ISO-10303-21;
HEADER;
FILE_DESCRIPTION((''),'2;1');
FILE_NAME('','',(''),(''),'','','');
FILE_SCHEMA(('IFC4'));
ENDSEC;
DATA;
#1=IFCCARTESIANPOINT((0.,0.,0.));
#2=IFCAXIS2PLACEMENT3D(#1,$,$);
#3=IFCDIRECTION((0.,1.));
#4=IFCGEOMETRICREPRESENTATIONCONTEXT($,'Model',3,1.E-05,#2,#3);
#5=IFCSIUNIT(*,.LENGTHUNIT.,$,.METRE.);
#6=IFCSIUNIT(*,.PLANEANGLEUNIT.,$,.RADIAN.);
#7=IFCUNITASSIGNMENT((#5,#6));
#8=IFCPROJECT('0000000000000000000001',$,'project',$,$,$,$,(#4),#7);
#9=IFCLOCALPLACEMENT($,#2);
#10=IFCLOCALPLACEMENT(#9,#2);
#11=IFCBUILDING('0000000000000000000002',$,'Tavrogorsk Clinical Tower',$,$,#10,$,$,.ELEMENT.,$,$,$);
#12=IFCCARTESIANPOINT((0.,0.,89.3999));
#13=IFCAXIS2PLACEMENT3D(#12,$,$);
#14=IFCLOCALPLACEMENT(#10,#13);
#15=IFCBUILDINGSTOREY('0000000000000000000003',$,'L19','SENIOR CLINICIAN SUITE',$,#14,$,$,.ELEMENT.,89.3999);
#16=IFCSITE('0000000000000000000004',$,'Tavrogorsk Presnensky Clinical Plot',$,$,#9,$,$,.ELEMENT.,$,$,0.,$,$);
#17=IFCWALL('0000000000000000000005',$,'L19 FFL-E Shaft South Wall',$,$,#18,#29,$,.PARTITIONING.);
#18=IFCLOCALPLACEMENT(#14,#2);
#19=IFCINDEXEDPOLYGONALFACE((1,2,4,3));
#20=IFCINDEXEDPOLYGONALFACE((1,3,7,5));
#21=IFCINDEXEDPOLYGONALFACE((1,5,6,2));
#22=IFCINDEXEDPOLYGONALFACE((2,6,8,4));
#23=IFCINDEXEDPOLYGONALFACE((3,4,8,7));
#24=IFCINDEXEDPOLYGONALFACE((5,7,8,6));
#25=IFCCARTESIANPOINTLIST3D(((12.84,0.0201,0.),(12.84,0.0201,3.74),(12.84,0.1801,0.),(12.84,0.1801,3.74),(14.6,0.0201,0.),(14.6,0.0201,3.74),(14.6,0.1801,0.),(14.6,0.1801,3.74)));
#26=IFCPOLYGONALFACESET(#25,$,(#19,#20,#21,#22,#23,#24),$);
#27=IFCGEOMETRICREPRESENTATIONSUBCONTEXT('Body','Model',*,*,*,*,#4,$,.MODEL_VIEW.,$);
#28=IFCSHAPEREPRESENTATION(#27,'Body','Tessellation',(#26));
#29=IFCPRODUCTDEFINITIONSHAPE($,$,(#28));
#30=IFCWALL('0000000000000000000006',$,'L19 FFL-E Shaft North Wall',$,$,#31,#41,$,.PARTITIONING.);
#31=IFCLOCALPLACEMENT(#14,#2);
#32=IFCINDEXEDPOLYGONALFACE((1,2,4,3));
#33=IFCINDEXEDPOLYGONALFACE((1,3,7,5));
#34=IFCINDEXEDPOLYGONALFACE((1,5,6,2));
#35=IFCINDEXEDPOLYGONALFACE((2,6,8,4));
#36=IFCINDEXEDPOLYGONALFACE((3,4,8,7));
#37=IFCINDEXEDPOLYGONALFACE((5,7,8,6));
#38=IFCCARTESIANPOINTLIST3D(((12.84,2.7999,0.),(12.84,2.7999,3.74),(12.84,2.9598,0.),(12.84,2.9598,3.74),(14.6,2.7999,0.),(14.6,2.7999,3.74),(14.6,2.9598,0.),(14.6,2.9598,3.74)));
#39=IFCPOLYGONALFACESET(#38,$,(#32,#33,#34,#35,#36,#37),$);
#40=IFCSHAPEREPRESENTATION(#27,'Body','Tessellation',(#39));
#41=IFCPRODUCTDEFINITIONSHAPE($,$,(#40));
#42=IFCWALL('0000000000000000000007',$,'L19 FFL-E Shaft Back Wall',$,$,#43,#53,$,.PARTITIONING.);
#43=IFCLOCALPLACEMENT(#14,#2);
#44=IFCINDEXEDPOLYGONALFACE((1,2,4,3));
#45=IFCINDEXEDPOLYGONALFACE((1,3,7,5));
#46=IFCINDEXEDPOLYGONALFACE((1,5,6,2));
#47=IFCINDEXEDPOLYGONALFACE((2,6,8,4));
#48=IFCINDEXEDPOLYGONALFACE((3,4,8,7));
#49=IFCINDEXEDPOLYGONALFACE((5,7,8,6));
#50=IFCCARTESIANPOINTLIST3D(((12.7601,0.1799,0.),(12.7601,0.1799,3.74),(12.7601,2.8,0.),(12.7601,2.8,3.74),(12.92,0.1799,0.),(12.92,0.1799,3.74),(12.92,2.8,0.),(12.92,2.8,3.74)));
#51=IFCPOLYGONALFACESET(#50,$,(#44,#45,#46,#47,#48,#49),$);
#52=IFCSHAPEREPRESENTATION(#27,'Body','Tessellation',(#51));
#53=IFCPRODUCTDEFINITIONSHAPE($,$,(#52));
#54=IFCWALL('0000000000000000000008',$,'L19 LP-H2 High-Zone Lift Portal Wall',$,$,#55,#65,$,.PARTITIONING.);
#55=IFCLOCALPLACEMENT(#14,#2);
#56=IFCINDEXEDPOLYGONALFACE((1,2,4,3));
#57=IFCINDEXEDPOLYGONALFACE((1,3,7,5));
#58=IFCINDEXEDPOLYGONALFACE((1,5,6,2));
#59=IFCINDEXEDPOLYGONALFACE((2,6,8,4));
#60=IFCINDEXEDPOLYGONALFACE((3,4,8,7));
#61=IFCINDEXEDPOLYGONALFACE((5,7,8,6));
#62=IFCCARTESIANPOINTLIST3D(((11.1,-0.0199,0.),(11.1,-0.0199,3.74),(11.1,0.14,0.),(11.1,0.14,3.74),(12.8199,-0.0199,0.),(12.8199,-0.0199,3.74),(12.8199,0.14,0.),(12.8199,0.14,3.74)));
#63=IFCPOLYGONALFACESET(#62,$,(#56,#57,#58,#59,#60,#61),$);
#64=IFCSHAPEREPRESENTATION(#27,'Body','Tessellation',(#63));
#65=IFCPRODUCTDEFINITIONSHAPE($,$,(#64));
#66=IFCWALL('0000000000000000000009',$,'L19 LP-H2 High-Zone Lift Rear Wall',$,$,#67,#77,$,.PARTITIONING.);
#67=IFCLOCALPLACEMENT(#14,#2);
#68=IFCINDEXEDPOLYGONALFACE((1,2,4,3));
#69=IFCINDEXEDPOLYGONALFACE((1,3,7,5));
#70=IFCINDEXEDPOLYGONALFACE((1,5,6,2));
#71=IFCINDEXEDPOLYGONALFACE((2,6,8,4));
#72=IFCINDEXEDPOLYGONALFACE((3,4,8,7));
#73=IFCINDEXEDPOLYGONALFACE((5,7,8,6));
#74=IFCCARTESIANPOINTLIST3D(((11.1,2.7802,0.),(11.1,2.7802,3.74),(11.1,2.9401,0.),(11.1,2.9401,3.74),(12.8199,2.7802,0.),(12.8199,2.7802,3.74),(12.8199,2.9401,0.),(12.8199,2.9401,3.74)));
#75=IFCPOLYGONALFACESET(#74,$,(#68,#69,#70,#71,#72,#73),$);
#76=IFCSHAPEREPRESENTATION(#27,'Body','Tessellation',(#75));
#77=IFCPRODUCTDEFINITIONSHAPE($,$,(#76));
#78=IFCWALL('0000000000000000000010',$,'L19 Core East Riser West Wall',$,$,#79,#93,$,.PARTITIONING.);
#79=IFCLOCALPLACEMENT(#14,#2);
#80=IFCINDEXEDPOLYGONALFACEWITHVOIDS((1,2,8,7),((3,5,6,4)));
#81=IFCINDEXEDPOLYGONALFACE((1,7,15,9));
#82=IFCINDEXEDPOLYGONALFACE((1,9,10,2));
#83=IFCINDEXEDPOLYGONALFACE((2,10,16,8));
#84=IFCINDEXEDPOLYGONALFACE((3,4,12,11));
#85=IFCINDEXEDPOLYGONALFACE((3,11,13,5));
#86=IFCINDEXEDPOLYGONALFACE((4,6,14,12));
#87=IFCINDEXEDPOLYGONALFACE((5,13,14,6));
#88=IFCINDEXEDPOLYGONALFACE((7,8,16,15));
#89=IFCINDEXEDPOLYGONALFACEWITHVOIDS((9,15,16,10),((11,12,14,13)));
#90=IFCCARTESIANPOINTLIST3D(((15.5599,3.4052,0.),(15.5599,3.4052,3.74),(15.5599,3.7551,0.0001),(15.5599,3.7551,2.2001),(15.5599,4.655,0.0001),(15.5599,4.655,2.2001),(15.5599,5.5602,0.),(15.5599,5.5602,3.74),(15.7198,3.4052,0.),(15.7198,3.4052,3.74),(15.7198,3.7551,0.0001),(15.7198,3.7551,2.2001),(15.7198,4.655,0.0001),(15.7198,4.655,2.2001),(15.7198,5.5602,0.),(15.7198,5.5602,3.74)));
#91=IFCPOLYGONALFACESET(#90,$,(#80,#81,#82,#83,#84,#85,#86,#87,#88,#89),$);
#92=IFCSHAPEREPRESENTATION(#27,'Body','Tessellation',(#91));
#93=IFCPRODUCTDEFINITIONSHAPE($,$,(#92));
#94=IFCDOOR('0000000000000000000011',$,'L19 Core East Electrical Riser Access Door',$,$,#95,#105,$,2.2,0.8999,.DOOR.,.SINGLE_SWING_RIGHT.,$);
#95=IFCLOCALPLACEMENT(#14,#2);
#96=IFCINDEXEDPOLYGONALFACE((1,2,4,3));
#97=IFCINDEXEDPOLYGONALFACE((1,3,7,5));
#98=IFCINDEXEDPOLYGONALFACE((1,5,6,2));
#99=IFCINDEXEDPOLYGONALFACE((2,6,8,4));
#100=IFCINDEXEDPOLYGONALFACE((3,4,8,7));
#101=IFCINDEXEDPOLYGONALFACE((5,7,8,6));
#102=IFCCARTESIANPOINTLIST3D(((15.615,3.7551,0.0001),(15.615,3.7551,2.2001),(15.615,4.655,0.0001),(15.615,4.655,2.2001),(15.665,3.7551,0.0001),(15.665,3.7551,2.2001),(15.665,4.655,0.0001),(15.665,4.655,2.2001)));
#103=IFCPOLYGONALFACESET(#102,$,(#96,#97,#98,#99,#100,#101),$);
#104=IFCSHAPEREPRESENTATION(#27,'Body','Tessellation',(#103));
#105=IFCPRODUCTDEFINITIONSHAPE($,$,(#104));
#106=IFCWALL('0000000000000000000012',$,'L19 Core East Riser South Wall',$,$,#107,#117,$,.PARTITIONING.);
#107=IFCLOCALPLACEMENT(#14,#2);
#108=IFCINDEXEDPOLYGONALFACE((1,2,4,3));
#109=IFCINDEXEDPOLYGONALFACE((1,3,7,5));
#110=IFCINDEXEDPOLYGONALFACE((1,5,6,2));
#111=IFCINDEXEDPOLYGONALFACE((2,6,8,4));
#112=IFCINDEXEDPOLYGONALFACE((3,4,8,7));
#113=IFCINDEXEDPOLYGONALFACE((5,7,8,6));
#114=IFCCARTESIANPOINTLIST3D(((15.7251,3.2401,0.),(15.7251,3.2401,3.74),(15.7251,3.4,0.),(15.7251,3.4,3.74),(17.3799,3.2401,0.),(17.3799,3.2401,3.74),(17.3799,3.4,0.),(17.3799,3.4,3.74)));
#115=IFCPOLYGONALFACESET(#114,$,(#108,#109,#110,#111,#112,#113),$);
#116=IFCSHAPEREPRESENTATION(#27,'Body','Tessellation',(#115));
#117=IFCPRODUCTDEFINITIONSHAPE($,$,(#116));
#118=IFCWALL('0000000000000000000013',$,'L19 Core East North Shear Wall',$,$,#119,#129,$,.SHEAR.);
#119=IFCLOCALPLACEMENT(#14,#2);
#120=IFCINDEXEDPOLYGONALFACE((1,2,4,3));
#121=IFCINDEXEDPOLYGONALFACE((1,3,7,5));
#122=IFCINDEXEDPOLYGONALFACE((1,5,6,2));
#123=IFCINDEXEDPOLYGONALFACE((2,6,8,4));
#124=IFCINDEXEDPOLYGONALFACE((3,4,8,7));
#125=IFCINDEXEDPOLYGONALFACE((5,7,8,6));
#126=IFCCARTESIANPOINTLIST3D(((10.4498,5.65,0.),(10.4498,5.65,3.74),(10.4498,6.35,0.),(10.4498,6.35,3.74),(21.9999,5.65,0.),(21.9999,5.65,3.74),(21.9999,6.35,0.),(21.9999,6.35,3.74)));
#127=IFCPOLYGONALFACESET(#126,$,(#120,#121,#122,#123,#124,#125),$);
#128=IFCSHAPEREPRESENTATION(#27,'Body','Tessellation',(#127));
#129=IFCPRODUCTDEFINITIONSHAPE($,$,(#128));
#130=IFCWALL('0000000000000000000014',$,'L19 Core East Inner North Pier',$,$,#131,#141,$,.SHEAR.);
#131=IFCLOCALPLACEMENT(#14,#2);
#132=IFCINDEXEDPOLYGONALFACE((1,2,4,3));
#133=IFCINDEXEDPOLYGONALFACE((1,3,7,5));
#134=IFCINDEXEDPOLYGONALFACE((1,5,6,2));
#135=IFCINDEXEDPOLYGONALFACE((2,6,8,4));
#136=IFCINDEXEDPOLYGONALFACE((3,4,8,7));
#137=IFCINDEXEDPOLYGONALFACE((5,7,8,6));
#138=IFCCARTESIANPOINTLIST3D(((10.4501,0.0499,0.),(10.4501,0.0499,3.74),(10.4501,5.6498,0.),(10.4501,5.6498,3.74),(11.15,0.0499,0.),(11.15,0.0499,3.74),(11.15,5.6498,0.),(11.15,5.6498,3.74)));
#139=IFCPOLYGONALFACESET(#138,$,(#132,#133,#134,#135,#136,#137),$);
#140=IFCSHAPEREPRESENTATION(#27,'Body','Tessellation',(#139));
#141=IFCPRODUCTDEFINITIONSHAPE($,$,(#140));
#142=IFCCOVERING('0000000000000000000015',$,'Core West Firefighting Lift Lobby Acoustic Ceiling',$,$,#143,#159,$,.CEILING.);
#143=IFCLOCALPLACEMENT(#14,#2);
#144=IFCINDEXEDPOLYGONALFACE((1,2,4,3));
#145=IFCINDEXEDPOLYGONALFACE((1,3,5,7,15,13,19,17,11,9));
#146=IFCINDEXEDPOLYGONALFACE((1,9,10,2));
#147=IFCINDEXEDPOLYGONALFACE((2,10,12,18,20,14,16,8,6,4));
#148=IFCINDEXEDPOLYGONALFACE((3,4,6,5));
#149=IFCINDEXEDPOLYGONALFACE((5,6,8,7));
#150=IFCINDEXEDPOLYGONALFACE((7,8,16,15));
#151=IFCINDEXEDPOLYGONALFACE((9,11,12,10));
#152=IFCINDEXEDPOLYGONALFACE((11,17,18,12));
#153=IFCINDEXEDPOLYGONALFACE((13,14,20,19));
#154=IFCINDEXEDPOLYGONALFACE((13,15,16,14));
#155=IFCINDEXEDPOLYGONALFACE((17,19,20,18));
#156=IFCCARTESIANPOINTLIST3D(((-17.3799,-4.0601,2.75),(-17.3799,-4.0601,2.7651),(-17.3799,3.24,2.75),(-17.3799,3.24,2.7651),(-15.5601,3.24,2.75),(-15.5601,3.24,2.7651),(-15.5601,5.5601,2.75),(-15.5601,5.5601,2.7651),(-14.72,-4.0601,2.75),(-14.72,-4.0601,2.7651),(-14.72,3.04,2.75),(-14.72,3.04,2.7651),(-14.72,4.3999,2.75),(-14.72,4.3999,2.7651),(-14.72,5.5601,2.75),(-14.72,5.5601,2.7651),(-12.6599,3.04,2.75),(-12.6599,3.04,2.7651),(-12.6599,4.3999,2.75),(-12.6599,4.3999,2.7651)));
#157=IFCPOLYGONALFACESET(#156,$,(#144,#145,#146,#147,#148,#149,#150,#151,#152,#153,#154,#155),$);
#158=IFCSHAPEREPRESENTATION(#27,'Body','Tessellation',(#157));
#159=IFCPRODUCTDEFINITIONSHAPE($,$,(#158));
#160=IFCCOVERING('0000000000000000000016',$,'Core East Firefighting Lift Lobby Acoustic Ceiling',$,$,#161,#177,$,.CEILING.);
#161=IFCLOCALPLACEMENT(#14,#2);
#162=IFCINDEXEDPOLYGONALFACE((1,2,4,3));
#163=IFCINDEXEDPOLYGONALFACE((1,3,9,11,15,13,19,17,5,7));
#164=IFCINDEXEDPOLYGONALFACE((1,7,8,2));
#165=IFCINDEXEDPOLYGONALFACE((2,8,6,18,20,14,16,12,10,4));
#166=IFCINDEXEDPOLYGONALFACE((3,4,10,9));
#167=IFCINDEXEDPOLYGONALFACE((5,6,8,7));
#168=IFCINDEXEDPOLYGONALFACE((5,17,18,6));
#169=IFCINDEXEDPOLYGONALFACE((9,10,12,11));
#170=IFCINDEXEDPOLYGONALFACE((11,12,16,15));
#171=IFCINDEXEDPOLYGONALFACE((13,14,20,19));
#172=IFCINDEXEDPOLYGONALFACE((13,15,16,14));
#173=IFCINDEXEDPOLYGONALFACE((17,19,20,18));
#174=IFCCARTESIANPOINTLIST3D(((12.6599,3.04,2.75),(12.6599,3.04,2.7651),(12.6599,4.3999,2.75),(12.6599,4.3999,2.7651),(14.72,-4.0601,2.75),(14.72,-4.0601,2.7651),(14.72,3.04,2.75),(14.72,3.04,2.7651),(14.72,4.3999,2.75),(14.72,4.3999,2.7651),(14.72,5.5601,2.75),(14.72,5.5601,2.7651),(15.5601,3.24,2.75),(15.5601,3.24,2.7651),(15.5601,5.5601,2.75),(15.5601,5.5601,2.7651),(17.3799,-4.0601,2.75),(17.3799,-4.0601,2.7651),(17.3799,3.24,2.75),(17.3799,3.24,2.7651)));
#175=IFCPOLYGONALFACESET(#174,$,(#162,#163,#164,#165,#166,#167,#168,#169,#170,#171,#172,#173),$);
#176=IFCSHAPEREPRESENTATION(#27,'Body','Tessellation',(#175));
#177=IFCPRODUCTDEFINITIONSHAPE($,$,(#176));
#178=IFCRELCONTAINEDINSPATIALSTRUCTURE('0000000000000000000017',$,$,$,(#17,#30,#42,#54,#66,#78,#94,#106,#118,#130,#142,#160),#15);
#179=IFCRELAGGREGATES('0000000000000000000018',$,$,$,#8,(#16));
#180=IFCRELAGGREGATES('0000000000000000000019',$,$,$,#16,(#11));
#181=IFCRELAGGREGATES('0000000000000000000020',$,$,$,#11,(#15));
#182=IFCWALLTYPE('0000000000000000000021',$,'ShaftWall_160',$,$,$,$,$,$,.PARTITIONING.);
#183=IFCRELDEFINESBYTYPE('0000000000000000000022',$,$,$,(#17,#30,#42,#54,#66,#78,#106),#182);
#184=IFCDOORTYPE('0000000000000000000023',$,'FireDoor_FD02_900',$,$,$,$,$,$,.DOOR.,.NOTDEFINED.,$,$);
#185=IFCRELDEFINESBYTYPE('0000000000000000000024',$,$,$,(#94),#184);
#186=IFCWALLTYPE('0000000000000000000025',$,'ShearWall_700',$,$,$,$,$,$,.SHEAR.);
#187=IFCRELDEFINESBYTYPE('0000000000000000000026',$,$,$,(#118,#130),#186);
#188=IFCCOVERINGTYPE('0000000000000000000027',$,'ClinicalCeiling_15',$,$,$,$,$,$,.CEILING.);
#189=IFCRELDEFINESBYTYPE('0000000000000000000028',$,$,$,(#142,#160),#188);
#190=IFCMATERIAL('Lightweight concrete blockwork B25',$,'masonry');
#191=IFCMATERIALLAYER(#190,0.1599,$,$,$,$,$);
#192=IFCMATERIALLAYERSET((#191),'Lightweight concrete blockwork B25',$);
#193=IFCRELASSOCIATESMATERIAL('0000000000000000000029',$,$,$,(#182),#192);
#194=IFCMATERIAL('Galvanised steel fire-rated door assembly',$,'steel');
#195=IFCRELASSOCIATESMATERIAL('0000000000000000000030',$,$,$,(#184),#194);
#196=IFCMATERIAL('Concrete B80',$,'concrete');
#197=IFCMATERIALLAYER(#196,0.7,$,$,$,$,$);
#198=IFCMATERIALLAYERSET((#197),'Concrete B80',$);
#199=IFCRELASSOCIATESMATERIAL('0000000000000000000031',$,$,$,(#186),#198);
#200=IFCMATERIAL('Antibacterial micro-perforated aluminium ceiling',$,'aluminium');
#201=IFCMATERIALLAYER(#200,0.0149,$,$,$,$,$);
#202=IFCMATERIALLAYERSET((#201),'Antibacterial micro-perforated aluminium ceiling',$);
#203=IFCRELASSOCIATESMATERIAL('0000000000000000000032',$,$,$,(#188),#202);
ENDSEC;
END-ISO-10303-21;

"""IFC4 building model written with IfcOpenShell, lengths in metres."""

from ifc_helpers import new_model, si_unit, direction, frame, frame_2d, origin, place, context, subcontext, project, spatial, polyline, rectangle, outline, extrude, material, layer, layer_set, type_object, element, fill, save


model = new_model("IFC4")

# Units and contexts
model_context = context("Model", 3, precision=1e-05, world=origin(), true_north=direction((0.0, 1.0)))
body_context = subcontext(model_context, "Body", "Model", "MODEL_VIEW")
ifc_project = project(units=[si_unit("LENGTHUNIT", "METRE"), si_unit("PLANEANGLEUNIT", "RADIAN")], contexts=[model_context])

# Site, building, storey
site_placement = place(None, origin())
site = spatial("IfcSite", under=ifc_project, at=site_placement, Name="Tavrogorsk Presnensky Clinical Plot", CompositionType="ELEMENT", RefElevation=0.0)
building_placement = place(site_placement, origin())
building = spatial("IfcBuilding", under=site, at=building_placement, Name="Tavrogorsk Clinical Tower", CompositionType="ELEMENT")
storey_placement = place(building_placement, frame((0.0, 0.0, 89.3999)))
storey = spatial("IfcBuildingStorey", under=building, at=storey_placement, Name="L19", Description="SENIOR CLINICIAN SUITE", CompositionType="ELEMENT", Elevation=89.3999)

# Shared definitions
ifc_material_1 = material(Name="Lightweight concrete blockwork B25", Category="masonry")
ifc_layer_1 = layer(ifc_material_1, 0.1599)
ifc_layer_set_1 = layer_set([ifc_layer_1], Name="Lightweight concrete blockwork B25")
wall_type_1 = type_object("IfcWallType", Name="ShaftWall_160", PredefinedType="PARTITIONING", material=ifc_layer_set_1)

# Walls
for number, where, z_axis, x_axis, name in (
    (1, (12.8401, 0.1001, 0.0), (0.0, 0.0, 1.0), (1.0, 0.0, 0.0), "L19 FFL-E Shaft South Wall"),
    (2, (12.8401, 2.8799, 0.0), (0.0, 0.0, 1.0), (1.0, 0.0, 0.0), "L19 FFL-E Shaft North Wall"),
):
    element("IfcWall", number, at=place(storey_placement, frame(where, z_axis=z_axis, x_axis=x_axis)), inside=storey, type_object=wall_type_1, Name=name, PredefinedType="PARTITIONING", context=body_context, shape_type="SweptSolid", body=[
        extrude(rectangle(XDim=1.76, YDim=0.1599, at=frame_2d((0.8799, 0.0))), origin(), (0.0, 0.0, 1.0), 3.74),
    ])
wall_1_placement = place(storey_placement, frame((12.8401, 0.1799, 0.0), z_axis=(0.0, 0.0, 1.0), x_axis=(0.0, 1.0, 0.0)))
element("IfcWall", 3, at=wall_1_placement, inside=storey, type_object=wall_type_1, Name="L19 FFL-E Shaft Back Wall", PredefinedType="PARTITIONING", context=body_context, shape_type="SweptSolid", body=[
    extrude(rectangle(XDim=2.6201, YDim=0.1599, at=frame_2d((1.3101, 0.0))), origin(), (0.0, 0.0, 1.0), 3.74),
])
for number, where, z_axis, x_axis, name in (
    (4, (11.1001, 0.0601, 0.0), (0.0, 0.0, 1.0), (1.0, 0.0, 0.0), "L19 LP-H2 High-Zone Lift Portal Wall"),
    (5, (11.1001, 2.8601, 0.0), (0.0, 0.0, 1.0), (1.0, 0.0, 0.0), "L19 LP-H2 High-Zone Lift Rear Wall"),
):
    element("IfcWall", number, at=place(storey_placement, frame(where, z_axis=z_axis, x_axis=x_axis)), inside=storey, type_object=wall_type_1, Name=name, PredefinedType="PARTITIONING", context=body_context, shape_type="SweptSolid", body=[
        extrude(rectangle(XDim=1.72, YDim=0.1599, at=frame_2d((0.8599, 0.0))), origin(), (0.0, 0.0, 1.0), 3.74),
    ])

# Wall, opening, door
wall_2_placement = place(storey_placement, frame((15.6399, 3.405, 0.0), z_axis=(0.0, 0.0, 1.0), x_axis=(0.0, 1.0, 0.0)))
wall_2 = element("IfcWall", 6, at=wall_2_placement, inside=storey, type_object=wall_type_1, Name="L19 Core East Riser West Wall", PredefinedType="PARTITIONING", context=body_context, shape_type="SweptSolid", body=[
    extrude(rectangle(XDim=2.155, YDim=0.1599, at=frame_2d((1.0776, 0.0))), origin(), (0.0, 0.0, 1.0), 3.74),
])
opening_1_placement = place(wall_2_placement, frame((0.3501, 0.0, 0.0)))
opening_1 = element("IfcOpeningElement", 7, at=opening_1_placement, cuts=wall_2, PredefinedType="OPENING", context=body_context, shape_type="SweptSolid", body=[
    extrude(rectangle(XDim=0.8999, YDim=2.2, at=frame_2d((0.45, 1.1001))), frame((0.0, 0.0898, 0.0), z_axis=(0.0, -1.0, 0.0), x_axis=(1.0, 0.0, 0.0)), (0.0, 0.0, 1.0), 0.1799),
])
ifc_material_2 = material(Name="Galvanised steel fire-rated door assembly", Category="steel")
door_type_1 = type_object("IfcDoorType", Name="FireDoor_FD02_900", OperationType="NOTDEFINED", PredefinedType="DOOR", material=ifc_material_2)
door_1_placement = place(opening_1_placement, origin())
door_1 = element("IfcDoor", 8, at=door_1_placement, inside=storey, type_object=door_type_1, Name="L19 Core East Electrical Riser Access Door", OperationType="SINGLE_SWING_RIGHT", OverallHeight=2.2, OverallWidth=0.8999, PredefinedType="DOOR", context=body_context, shape_type="SweptSolid", body=[
    extrude(rectangle(XDim=0.8999, YDim=2.2, at=frame_2d((0.45, 1.1001))), frame((0.0, 0.0249, 0.0), z_axis=(0.0, -1.0, 0.0), x_axis=(1.0, 0.0, 0.0)), (0.0, 0.0, 1.0), 0.05),
])
fill(opening_1, door_1)

# Walls
wall_3_placement = place(storey_placement, frame((15.7251, 3.3201, 0.0), z_axis=(0.0, 0.0, 1.0), x_axis=(1.0, 0.0, 0.0)))
element("IfcWall", 9, at=wall_3_placement, inside=storey, type_object=wall_type_1, Name="L19 Core East Riser South Wall", PredefinedType="PARTITIONING", context=body_context, shape_type="SweptSolid", body=[
    extrude(rectangle(XDim=1.6548, YDim=0.1599, at=frame_2d((0.8274, 0.0))), origin(), (0.0, 0.0, 1.0), 3.74),
])
ifc_material_3 = material(Name="Concrete B80", Category="concrete")
ifc_layer_2 = layer(ifc_material_3, 0.7)
ifc_layer_set_2 = layer_set([ifc_layer_2], Name="Concrete B80")
wall_type_2 = type_object("IfcWallType", Name="ShearWall_700", PredefinedType="SHEAR", material=ifc_layer_set_2)
wall_4_placement = place(storey_placement, frame((10.45, 6.0, 0.0), z_axis=(0.0, 0.0, 1.0), x_axis=(1.0, 0.0, 0.0)))
element("IfcWall", 10, at=wall_4_placement, inside=storey, type_object=wall_type_2, Name="L19 Core East North Shear Wall", PredefinedType="SHEAR", context=body_context, shape_type="SweptSolid", body=[
    extrude(rectangle(XDim=11.55, YDim=0.7, at=frame_2d((5.7749, 0.0))), origin(), (0.0, 0.0, 1.0), 3.74),
])
wall_5_placement = place(storey_placement, frame((10.8, 0.05, 0.0), z_axis=(0.0, 0.0, 1.0), x_axis=(0.0, 1.0, 0.0)))
element("IfcWall", 11, at=wall_5_placement, inside=storey, type_object=wall_type_2, Name="L19 Core East Inner North Pier", PredefinedType="SHEAR", context=body_context, shape_type="SweptSolid", body=[
    extrude(rectangle(XDim=5.5999, YDim=0.7, at=frame_2d((2.7998, 0.0))), origin(), (0.0, 0.0, 1.0), 3.74),
])

# Coverings
ifc_material_4 = material(Name="Antibacterial micro-perforated aluminium ceiling", Category="aluminium")
ifc_layer_3 = layer(ifc_material_4, 0.0149)
ifc_layer_set_3 = layer_set([ifc_layer_3], Name="Antibacterial micro-perforated aluminium ceiling")
covering_type_1 = type_object("IfcCoveringType", Name="ClinicalCeiling_15", PredefinedType="CEILING", material=ifc_layer_set_3)
covering_1_placement = place(storey_placement, frame((0.0, 0.0, 2.75)))
element("IfcCovering", 12, at=covering_1_placement, inside=storey, type_object=covering_type_1, Name="Core West Firefighting Lift Lobby Acoustic Ceiling", PredefinedType="CEILING", context=body_context, shape_type="SweptSolid", body=[
    extrude(outline(polyline([(-17.3799, -4.0601), (-17.3799, 3.24), (-15.5601, 3.24), (-15.5601, 5.5601), (-14.72, 5.5601), (-14.72, 4.3999), (-12.6599, 4.3999), (-12.6599, 3.04), (-14.72, 3.04), (-14.72, -4.0601), (-17.3799, -4.0601)])), origin(), (0.0, 0.0, 1.0), 0.0151),
])
covering_2_placement = place(storey_placement, frame((0.0, 0.0, 2.75)))
element("IfcCovering", 13, at=covering_2_placement, inside=storey, type_object=covering_type_1, Name="Core East Firefighting Lift Lobby Acoustic Ceiling", PredefinedType="CEILING", context=body_context, shape_type="SweptSolid", body=[
    extrude(outline(polyline([(14.72, 3.04), (12.6599, 3.04), (12.6599, 4.3999), (14.72, 4.3999), (14.72, 5.5601), (15.5601, 5.5601), (15.5601, 3.24), (17.3799, 3.24), (17.3799, -4.0601), (14.72, -4.0601), (14.72, 3.04)])), origin(), (0.0, 0.0, 1.0), 0.0151),
])

save(model, "model.ifc")
